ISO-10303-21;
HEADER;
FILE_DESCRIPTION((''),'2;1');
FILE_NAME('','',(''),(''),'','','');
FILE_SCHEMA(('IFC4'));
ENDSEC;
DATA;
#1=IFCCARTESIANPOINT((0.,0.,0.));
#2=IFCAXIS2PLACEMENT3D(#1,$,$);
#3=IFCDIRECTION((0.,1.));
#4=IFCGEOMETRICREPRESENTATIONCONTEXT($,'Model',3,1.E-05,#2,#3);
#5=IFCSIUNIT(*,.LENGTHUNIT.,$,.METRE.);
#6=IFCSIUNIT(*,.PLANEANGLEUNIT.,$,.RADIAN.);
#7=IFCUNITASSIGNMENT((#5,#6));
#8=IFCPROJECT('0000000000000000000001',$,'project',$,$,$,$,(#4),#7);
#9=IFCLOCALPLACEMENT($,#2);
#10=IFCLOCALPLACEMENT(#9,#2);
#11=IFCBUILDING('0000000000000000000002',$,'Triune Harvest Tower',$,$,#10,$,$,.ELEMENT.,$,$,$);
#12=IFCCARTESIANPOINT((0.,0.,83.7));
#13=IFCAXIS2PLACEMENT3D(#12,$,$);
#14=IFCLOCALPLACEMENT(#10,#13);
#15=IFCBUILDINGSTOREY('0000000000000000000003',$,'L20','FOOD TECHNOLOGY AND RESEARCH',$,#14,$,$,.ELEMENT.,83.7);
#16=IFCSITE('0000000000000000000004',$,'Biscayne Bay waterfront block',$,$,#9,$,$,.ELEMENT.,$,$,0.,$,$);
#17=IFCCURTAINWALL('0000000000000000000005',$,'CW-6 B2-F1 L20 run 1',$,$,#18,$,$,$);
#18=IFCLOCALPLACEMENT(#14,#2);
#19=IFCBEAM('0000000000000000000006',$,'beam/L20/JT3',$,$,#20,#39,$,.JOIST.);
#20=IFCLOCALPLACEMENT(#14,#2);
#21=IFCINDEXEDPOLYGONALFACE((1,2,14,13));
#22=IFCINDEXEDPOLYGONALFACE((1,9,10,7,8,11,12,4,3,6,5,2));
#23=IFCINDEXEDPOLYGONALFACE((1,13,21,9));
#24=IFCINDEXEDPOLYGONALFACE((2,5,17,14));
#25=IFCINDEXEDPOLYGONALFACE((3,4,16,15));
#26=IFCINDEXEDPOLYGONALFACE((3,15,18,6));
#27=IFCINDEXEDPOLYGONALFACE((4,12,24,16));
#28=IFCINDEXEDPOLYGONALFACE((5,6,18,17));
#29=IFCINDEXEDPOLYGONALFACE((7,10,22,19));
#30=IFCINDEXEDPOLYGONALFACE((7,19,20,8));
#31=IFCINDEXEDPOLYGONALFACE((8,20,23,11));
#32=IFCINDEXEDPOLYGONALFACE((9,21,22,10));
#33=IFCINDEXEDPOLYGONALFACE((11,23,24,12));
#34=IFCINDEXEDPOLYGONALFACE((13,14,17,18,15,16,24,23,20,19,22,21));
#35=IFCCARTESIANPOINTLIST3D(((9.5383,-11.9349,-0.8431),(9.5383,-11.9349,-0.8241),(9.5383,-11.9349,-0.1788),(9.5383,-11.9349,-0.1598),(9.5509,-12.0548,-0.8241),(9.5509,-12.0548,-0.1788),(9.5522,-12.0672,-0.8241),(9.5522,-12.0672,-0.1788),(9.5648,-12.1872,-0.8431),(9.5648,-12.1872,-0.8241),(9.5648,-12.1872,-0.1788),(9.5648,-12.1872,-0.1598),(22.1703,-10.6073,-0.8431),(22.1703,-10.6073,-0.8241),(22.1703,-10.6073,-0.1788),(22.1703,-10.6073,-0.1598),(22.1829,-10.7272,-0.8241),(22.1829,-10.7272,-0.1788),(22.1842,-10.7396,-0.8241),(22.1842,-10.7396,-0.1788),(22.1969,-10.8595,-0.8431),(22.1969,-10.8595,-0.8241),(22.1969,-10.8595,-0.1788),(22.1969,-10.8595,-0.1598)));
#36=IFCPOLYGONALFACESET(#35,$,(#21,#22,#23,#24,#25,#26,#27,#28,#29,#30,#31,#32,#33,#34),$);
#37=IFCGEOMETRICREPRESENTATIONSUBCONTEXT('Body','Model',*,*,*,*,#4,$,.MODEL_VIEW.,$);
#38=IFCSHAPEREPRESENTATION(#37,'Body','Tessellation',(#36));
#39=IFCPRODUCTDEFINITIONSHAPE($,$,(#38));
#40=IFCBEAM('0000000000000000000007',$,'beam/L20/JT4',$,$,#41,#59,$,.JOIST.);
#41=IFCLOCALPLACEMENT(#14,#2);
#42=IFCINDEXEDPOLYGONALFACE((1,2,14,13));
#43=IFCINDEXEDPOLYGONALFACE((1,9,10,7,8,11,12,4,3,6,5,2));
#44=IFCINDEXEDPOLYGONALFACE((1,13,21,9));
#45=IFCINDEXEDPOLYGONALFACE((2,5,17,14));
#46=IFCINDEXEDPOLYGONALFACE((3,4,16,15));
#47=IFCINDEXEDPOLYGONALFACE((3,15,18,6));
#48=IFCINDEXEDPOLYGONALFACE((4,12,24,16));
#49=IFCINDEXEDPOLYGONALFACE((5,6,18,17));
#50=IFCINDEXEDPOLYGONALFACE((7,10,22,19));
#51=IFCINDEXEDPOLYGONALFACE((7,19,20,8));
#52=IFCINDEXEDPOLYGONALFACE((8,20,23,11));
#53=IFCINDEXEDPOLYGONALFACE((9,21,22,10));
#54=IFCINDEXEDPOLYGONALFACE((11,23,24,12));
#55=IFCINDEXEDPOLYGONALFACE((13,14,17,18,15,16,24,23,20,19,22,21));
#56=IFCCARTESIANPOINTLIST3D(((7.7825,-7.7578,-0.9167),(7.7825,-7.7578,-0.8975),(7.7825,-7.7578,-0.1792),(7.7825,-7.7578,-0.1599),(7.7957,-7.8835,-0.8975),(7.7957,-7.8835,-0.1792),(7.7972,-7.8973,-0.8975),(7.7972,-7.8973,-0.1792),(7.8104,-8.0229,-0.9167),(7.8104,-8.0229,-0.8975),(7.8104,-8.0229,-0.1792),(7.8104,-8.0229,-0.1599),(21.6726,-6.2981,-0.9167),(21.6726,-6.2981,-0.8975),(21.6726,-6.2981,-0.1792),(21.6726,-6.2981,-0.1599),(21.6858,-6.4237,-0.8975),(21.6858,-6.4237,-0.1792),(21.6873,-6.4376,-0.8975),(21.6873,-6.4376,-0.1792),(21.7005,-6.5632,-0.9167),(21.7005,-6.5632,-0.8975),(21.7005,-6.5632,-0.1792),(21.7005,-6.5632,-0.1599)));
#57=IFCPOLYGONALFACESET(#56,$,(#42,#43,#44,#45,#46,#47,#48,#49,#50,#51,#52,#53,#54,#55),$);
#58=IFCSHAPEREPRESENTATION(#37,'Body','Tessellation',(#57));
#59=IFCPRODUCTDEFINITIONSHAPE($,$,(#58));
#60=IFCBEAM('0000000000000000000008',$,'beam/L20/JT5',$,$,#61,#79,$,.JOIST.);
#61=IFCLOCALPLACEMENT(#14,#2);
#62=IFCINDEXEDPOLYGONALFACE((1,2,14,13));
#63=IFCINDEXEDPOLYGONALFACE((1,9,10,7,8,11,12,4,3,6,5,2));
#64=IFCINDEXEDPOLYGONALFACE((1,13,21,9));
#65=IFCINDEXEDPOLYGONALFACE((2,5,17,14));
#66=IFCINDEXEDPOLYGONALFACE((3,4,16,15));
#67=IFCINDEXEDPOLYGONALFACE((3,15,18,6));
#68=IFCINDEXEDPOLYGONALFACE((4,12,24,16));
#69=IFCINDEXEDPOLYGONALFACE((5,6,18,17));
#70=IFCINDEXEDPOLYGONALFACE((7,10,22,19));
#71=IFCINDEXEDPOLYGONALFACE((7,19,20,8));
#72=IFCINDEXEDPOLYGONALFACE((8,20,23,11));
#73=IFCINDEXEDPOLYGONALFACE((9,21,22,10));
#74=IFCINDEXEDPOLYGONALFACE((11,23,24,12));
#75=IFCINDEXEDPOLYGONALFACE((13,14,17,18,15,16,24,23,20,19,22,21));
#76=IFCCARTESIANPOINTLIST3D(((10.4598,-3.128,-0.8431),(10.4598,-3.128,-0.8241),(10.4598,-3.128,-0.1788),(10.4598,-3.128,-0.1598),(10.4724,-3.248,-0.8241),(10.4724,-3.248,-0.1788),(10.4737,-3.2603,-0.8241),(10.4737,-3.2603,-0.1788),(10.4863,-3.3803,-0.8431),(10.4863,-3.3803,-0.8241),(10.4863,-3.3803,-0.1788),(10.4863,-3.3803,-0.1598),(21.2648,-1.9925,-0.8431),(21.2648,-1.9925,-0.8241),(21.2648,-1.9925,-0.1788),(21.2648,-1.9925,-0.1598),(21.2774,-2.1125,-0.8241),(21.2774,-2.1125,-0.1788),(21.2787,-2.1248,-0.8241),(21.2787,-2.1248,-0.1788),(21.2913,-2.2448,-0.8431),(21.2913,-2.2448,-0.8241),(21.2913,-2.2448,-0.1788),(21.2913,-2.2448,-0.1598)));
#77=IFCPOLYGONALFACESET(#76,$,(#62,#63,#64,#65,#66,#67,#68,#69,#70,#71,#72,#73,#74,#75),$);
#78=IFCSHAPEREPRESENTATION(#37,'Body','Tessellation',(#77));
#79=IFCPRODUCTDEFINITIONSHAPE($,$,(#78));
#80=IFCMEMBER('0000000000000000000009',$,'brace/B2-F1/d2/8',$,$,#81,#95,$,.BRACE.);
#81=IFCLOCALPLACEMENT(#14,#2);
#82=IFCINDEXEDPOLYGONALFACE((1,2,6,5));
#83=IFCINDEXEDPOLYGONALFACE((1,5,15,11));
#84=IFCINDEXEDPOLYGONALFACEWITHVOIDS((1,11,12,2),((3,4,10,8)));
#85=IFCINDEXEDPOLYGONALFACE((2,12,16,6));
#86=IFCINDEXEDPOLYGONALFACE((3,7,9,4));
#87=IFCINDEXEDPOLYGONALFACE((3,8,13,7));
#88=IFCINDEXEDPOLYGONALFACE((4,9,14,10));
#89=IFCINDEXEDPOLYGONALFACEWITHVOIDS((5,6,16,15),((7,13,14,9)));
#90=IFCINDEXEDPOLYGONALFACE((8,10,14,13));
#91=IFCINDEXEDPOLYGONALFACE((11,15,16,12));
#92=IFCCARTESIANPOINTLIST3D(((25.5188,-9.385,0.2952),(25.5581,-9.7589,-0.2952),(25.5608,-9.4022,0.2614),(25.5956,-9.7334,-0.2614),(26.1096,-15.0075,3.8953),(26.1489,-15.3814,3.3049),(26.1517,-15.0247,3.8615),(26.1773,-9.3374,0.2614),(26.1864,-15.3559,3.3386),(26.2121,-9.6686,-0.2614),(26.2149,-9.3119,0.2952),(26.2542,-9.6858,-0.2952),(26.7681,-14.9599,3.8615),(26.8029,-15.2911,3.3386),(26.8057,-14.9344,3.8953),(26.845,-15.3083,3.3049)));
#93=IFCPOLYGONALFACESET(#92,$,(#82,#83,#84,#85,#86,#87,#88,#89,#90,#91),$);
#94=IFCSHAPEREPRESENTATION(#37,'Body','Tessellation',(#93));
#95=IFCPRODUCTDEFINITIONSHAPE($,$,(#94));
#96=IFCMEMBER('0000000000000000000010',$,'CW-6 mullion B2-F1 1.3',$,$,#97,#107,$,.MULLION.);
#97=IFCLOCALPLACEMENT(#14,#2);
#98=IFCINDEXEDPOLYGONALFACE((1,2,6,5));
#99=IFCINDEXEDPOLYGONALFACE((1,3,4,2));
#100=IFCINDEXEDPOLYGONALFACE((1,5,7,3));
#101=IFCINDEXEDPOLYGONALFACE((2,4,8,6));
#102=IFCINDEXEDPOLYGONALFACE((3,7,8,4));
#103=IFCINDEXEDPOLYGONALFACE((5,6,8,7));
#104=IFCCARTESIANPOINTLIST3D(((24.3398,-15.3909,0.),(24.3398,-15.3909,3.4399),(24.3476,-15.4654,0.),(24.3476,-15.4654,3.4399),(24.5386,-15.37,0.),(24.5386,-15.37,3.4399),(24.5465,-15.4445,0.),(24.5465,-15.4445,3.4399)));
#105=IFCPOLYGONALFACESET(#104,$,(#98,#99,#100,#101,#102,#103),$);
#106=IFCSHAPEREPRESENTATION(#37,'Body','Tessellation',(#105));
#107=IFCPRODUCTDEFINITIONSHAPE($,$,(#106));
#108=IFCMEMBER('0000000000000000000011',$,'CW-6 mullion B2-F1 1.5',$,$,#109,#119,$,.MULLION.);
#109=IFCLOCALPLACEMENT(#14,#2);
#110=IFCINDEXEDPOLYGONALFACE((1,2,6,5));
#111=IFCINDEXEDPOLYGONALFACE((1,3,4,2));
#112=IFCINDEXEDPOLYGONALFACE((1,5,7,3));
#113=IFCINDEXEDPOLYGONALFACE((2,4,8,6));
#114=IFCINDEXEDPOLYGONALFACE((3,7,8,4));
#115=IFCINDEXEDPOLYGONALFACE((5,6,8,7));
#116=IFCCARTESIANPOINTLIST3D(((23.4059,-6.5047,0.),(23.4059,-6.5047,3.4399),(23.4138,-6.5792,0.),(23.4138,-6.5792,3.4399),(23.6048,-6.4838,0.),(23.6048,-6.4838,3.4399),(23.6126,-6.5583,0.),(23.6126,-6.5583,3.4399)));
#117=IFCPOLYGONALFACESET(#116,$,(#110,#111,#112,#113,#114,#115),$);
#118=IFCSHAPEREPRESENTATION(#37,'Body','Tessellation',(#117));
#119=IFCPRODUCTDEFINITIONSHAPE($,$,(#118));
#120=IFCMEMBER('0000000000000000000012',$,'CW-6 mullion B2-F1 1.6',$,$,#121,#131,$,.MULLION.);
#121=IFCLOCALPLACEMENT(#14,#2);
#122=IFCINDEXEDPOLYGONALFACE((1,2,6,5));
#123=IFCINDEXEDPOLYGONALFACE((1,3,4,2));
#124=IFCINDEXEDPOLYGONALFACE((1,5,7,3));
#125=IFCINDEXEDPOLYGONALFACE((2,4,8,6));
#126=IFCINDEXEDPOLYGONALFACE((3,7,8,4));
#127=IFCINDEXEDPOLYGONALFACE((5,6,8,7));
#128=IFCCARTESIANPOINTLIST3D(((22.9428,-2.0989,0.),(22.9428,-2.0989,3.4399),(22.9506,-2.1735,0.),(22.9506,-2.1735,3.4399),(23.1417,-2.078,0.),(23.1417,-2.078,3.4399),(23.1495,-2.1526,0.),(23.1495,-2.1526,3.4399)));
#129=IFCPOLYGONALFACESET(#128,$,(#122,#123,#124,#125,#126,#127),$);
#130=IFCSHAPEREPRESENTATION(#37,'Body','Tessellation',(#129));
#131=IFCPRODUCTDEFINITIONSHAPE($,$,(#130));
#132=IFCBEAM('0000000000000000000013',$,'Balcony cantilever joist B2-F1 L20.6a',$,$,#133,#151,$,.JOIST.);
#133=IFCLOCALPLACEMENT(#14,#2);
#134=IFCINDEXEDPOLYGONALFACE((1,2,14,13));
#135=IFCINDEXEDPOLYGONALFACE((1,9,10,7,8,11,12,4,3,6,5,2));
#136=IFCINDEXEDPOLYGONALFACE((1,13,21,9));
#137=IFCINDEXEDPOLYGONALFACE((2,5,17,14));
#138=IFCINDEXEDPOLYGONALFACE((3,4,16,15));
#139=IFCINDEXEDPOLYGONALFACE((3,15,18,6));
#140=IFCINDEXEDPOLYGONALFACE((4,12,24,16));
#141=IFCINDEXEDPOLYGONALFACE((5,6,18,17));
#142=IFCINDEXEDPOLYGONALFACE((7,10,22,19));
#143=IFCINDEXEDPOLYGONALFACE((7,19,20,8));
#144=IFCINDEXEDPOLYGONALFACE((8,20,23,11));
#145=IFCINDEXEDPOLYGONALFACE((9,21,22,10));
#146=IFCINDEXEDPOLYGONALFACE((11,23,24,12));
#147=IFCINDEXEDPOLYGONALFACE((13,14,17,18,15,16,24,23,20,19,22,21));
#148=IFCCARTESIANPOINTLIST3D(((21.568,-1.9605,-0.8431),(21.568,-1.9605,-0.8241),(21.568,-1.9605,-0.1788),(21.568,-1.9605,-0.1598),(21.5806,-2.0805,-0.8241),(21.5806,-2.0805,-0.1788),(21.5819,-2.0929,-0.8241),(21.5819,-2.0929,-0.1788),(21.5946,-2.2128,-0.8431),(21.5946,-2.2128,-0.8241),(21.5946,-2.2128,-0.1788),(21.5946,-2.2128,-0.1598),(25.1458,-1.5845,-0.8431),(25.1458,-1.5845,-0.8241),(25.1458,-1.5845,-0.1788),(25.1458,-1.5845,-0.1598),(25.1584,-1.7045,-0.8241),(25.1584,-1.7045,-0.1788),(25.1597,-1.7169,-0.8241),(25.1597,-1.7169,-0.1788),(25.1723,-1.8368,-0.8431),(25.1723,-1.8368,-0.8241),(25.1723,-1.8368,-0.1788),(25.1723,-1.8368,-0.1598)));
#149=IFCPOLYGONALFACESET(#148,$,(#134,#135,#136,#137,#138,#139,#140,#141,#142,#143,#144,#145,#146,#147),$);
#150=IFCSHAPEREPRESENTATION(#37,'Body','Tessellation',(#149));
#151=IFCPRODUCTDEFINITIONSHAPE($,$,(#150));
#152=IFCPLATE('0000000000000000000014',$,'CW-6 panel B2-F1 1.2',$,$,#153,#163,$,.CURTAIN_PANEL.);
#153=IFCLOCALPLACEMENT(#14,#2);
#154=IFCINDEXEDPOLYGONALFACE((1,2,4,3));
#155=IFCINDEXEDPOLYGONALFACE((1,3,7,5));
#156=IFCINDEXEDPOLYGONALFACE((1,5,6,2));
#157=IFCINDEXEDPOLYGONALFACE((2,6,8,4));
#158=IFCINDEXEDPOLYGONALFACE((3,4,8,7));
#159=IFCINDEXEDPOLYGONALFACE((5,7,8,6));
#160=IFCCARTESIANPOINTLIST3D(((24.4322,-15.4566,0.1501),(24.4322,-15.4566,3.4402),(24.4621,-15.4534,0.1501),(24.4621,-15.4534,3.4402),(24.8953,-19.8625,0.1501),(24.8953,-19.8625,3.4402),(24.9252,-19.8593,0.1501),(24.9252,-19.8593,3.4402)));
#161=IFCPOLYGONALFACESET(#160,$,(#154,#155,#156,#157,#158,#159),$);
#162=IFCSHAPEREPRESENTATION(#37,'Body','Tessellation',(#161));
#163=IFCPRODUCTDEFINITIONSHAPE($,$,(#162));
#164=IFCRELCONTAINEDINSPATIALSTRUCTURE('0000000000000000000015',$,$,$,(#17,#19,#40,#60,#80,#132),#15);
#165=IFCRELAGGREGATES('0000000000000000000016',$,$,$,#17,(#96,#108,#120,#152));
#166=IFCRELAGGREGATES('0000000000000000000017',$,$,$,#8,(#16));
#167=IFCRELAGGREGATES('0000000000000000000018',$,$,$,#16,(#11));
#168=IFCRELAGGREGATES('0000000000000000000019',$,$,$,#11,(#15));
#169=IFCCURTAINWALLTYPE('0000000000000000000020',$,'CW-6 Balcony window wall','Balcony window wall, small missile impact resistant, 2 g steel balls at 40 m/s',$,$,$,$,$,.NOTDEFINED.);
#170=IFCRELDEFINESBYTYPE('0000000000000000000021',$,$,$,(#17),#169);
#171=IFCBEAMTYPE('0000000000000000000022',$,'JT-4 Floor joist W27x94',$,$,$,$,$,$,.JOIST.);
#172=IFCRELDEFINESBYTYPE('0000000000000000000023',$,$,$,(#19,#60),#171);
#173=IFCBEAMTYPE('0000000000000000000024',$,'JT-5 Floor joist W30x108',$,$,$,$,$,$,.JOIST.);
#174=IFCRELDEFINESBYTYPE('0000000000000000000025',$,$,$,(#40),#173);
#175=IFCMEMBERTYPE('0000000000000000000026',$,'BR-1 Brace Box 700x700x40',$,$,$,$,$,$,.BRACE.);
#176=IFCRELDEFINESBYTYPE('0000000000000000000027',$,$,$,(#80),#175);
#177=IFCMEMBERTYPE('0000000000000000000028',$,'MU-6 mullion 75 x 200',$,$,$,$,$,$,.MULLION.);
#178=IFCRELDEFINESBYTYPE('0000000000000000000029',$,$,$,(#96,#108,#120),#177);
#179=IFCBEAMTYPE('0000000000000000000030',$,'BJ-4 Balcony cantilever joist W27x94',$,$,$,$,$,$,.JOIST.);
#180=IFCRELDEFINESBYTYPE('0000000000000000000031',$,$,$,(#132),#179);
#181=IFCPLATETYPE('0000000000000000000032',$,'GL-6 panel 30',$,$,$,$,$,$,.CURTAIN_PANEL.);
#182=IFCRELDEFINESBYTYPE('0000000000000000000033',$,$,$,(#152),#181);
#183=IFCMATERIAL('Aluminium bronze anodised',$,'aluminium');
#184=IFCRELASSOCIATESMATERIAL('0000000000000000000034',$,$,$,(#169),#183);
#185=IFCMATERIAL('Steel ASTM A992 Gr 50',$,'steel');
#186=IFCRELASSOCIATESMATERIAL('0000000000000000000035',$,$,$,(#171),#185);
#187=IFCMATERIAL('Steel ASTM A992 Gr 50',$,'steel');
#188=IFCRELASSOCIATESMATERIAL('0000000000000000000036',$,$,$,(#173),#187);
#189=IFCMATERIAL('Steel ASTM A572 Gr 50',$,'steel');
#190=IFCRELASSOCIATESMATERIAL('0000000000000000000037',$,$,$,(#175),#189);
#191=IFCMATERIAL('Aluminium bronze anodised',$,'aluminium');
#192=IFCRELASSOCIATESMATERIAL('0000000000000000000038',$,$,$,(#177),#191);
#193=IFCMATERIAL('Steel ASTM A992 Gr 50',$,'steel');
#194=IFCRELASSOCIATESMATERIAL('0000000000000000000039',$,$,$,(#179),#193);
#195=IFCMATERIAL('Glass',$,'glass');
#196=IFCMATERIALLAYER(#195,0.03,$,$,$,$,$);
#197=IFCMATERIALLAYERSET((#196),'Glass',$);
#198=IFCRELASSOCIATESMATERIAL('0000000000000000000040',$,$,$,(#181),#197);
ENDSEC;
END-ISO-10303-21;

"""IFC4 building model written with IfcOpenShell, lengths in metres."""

from ifc_helpers import new_model, si_unit, direction, frame, origin, origin_2d, place, context, subcontext, project, spatial, rectangle, hollow_rectangle, i_section, extrude, source, transform, mapped, material, layer, layer_set, material_profile, profile_set, type_object, element, aggregate, save


model = new_model("IFC4")

# Units and contexts
model_context = context("Model", 3, precision=1e-05, world=origin(), true_north=direction((0.0, 1.0)))
body_context = subcontext(model_context, "Body", "Model", "MODEL_VIEW")
ifc_project = project(units=[si_unit("LENGTHUNIT", "METRE"), si_unit("PLANEANGLEUNIT", "RADIAN")], contexts=[model_context])

# Site, building, storey
site_placement = place(None, origin())
site = spatial("IfcSite", under=ifc_project, at=site_placement, Name="Biscayne Bay waterfront block", CompositionType="ELEMENT", RefElevation=0.0)
building_placement = place(site_placement, origin())
building = spatial("IfcBuilding", under=site, at=building_placement, Name="Triune Harvest Tower", CompositionType="ELEMENT")
storey_placement = place(building_placement, frame((0.0, 0.0, 83.7)))
storey = spatial("IfcBuildingStorey", under=building, at=storey_placement, Name="L20", Description="FOOD TECHNOLOGY AND RESEARCH", CompositionType="ELEMENT", Elevation=83.7)

# Curtain wall
ifc_material_1 = material(Name="Aluminium bronze anodised", Category="aluminium")
curtain_wall_type = type_object("IfcCurtainWallType", Name="CW-6 Balcony window wall", Description="Balcony window wall, small missile impact resistant, 2 g steel balls at 40 m/s", PredefinedType="NOTDEFINED", material=ifc_material_1)
curtain_wall_placement = place(storey_placement, origin())
curtain_wall = element("IfcCurtainWall", 1, at=curtain_wall_placement, inside=storey, type_object=curtain_wall_type, Name="CW-6 B2-F1 L20 run 1")

# Beams
ifc_material_2 = material(Name="Steel ASTM A992 Gr 50", Category="steel")
ifc_material_profile_1 = material_profile(ifc_material_2, i_section(OverallWidth=0.2537, OverallDepth=0.6833, WebThickness=0.0125, FlangeThickness=0.019, at=origin_2d()), Name="W27x94")
ifc_profile_set_1 = profile_set([ifc_material_profile_1], Name="Steel ASTM A992 Gr 50")
beam_type_1 = type_object("IfcBeamType", Name="JT-4 Floor joist W27x94", PredefinedType="JOIST", material=ifc_profile_set_1)
shared_shape_1 = source(origin(), body_context, "Body", "SweptSolid", [
    extrude(i_section(OverallWidth=0.2537, OverallDepth=0.6833, WebThickness=0.0125, FlangeThickness=0.019, at=origin_2d()), origin(), (0.0, 0.0, 1.0), 12.7017),
])
beam_1_placement = place(storey_placement, frame((22.1836, -10.7334, -0.5015), z_axis=(-0.994522, -0.104525, 0.0), x_axis=(0.104525, -0.994522, 0.0)))
element("IfcBeam", 2, at=beam_1_placement, inside=storey, type_object=beam_type_1, Name="beam/L20/JT3", PredefinedType="JOIST", context=body_context, shape_type="MappedRepresentation", body=[
    mapped(shared_shape_1, transform((0.0, 0.0, 0.0), scale=1.0)),
])
ifc_material_3 = material(Name="Steel ASTM A992 Gr 50", Category="steel")
ifc_material_profile_2 = material_profile(ifc_material_3, i_section(OverallWidth=0.2666, OverallDepth=0.7568, WebThickness=0.0139, FlangeThickness=0.0193, at=origin_2d()), Name="W30x108")
ifc_profile_set_2 = profile_set([ifc_material_profile_2], Name="Steel ASTM A992 Gr 50")
beam_type_2 = type_object("IfcBeamType", Name="JT-5 Floor joist W30x108", PredefinedType="JOIST", material=ifc_profile_set_2)
shared_shape_2 = source(origin(), body_context, "Body", "SweptSolid", [
    extrude(i_section(OverallWidth=0.2666, OverallDepth=0.7568, WebThickness=0.0139, FlangeThickness=0.0193, at=origin_2d()), origin(), (0.0, 0.0, 1.0), 13.9666),
])
beam_2_placement = place(storey_placement, frame((21.6865, -6.4307, -0.5383), z_axis=(-0.994523, -0.104515, 0.0), x_axis=(0.104515, -0.994523, 0.0)))
element("IfcBeam", 3, at=beam_2_placement, inside=storey, type_object=beam_type_2, Name="beam/L20/JT4", PredefinedType="JOIST", context=body_context, shape_type="MappedRepresentation", body=[
    mapped(shared_shape_2, transform((0.0, 0.0, 0.0), scale=1.0)),
])
shared_shape_3 = source(origin(), body_context, "Body", "SweptSolid", [
    extrude(i_section(OverallWidth=0.2537, OverallDepth=0.6833, WebThickness=0.0125, FlangeThickness=0.019, at=origin_2d()), origin(), (0.0, 0.0, 1.0), 10.8645),
])
beam_3_placement = place(storey_placement, frame((21.2781, -2.1187, -0.5015), z_axis=(-0.994523, -0.104515, 0.0), x_axis=(0.104515, -0.994523, 0.0)))
element("IfcBeam", 4, at=beam_3_placement, inside=storey, type_object=beam_type_1, Name="beam/L20/JT5", PredefinedType="JOIST", context=body_context, shape_type="MappedRepresentation", body=[
    mapped(shared_shape_3, transform((0.0, 0.0, 0.0), scale=1.0)),
])

# Members
ifc_material_4 = material(Name="Steel ASTM A572 Gr 50", Category="steel")
ifc_material_profile_3 = material_profile(ifc_material_4, hollow_rectangle(XDim=0.7, YDim=0.7, WallThickness=0.04, at=origin_2d()), Name="Box 700x700x40")
ifc_profile_set_3 = profile_set([ifc_material_profile_3], Name="Steel ASTM A572 Gr 50")
member_type_1 = type_object("IfcMemberType", Name="BR-1 Brace Box 700x700x40", PredefinedType="BRACE", material=ifc_profile_set_3)
shared_shape_4 = source(origin(), body_context, "Body", "SweptSolid", [
    extrude(hollow_rectangle(XDim=0.7, YDim=0.7, WallThickness=0.04, at=origin_2d()), origin(), (0.0, 0.0, 1.0), 6.7024),
])
member_1_placement = place(storey_placement, frame((25.8865, -9.5354, 0.0), z_axis=(0.08815, -0.83888, 0.537131), x_axis=(0.994524, 0.104505, 0.0)))
element("IfcMember", 5, at=member_1_placement, inside=storey, type_object=member_type_1, Name="brace/B2-F1/d2/8", PredefinedType="BRACE", context=body_context, shape_type="MappedRepresentation", body=[
    mapped(shared_shape_4, transform((0.0, 0.0, 0.0), scale=1.0)),
])
ifc_material_5 = material(Name="Aluminium bronze anodised", Category="aluminium")
ifc_material_profile_4 = material_profile(ifc_material_5, rectangle(XDim=0.2, YDim=0.075, at=origin_2d()), Name="MU-6 mullion 75 x 200")
ifc_profile_set_4 = profile_set([ifc_material_profile_4], Name="Aluminium bronze anodised")
member_type_2 = type_object("IfcMemberType", Name="MU-6 mullion 75 x 200", PredefinedType="MULLION", material=ifc_profile_set_4)
shared_shape_5 = source(origin(), body_context, "Body", "SweptSolid", [
    extrude(rectangle(XDim=0.2, YDim=0.075, at=origin_2d()), origin(), (0.0, 0.0, 1.0), 3.4399),
])
member_2_placement = place(storey_placement, frame((24.4431, -15.4177, 0.0), z_axis=(0.0, 0.0, 1.0), x_axis=(-0.994522, -0.104528, 0.0)))
member_2 = element("IfcMember", 6, at=member_2_placement, type_object=member_type_2, Name="CW-6 mullion B2-F1 1.3", PredefinedType="MULLION", context=body_context, shape_type="MappedRepresentation", body=[
    mapped(shared_shape_5, transform((0.0, 0.0, 0.0), scale=1.0)),
])
member_3_placement = place(storey_placement, frame((23.5093, -6.5315, 0.0), z_axis=(0.0, 0.0, 1.0), x_axis=(-0.994522, -0.104528, 0.0)))
member_3 = element("IfcMember", 7, at=member_3_placement, type_object=member_type_2, Name="CW-6 mullion B2-F1 1.5", PredefinedType="MULLION", context=body_context, shape_type="MappedRepresentation", body=[
    mapped(shared_shape_5, transform((0.0, 0.0, 0.0), scale=1.0)),
])
member_4_placement = place(storey_placement, frame((23.0461, -2.1257, 0.0), z_axis=(0.0, 0.0, 1.0), x_axis=(-0.994522, -0.104528, 0.0)))
member_4 = element("IfcMember", 8, at=member_4_placement, type_object=member_type_2, Name="CW-6 mullion B2-F1 1.6", PredefinedType="MULLION", context=body_context, shape_type="MappedRepresentation", body=[
    mapped(shared_shape_5, transform((0.0, 0.0, 0.0), scale=1.0)),
])

# Beam
ifc_material_6 = material(Name="Steel ASTM A992 Gr 50", Category="steel")
ifc_material_profile_5 = material_profile(ifc_material_6, i_section(OverallWidth=0.2537, OverallDepth=0.6833, WebThickness=0.0125, FlangeThickness=0.019, at=origin_2d()), Name="W27x94")
ifc_profile_set_5 = profile_set([ifc_material_profile_5], Name="Steel ASTM A992 Gr 50")
beam_type_3 = type_object("IfcBeamType", Name="BJ-4 Balcony cantilever joist W27x94", PredefinedType="JOIST", material=ifc_profile_set_5)
shared_shape_6 = source(origin(), body_context, "Body", "SweptSolid", [
    extrude(i_section(OverallWidth=0.2537, OverallDepth=0.6833, WebThickness=0.0125, FlangeThickness=0.019, at=origin_2d()), origin(), (0.0, 0.0, 1.0), 3.5974),
])
beam_4_placement = place(storey_placement, frame((21.5813, -2.0867, -0.5015), z_axis=(0.994523, 0.104515, 0.0), x_axis=(-0.104515, 0.994523, 0.0)))
element("IfcBeam", 9, at=beam_4_placement, inside=storey, type_object=beam_type_3, Name="Balcony cantilever joist B2-F1 L20.6a", PredefinedType="JOIST", context=body_context, shape_type="MappedRepresentation", body=[
    mapped(shared_shape_6, transform((0.0, 0.0, 0.0), scale=1.0)),
])

# Plate
ifc_material_7 = material(Name="Glass", Category="glass")
ifc_layer_1 = layer(ifc_material_7, 0.03)
ifc_layer_set_1 = layer_set([ifc_layer_1], Name="Glass")
plate_type = type_object("IfcPlateType", Name="GL-6 panel 30", PredefinedType="CURTAIN_PANEL", material=ifc_layer_set_1)
shared_shape_7 = source(origin(), body_context, "Body", "SweptSolid", [
    extrude(rectangle(XDim=4.4302, YDim=0.03, at=origin_2d()), origin(), (0.0, 0.0, 1.0), 3.29),
])
plate_1_placement = place(storey_placement, frame((24.6787, -17.658, 0.1501), z_axis=(0.0, 0.0, 1.0), x_axis=(-0.104528, 0.994522, 0.0)))
plate_1 = element("IfcPlate", 10, at=plate_1_placement, type_object=plate_type, Name="CW-6 panel B2-F1 1.2", PredefinedType="CURTAIN_PANEL", context=body_context, shape_type="MappedRepresentation", body=[
    mapped(shared_shape_7, transform((0.0, 0.0, 0.0), scale=1.0)),
])
aggregate(curtain_wall, [member_2, member_3, member_4, plate_1])

save(model, "model.ifc")
